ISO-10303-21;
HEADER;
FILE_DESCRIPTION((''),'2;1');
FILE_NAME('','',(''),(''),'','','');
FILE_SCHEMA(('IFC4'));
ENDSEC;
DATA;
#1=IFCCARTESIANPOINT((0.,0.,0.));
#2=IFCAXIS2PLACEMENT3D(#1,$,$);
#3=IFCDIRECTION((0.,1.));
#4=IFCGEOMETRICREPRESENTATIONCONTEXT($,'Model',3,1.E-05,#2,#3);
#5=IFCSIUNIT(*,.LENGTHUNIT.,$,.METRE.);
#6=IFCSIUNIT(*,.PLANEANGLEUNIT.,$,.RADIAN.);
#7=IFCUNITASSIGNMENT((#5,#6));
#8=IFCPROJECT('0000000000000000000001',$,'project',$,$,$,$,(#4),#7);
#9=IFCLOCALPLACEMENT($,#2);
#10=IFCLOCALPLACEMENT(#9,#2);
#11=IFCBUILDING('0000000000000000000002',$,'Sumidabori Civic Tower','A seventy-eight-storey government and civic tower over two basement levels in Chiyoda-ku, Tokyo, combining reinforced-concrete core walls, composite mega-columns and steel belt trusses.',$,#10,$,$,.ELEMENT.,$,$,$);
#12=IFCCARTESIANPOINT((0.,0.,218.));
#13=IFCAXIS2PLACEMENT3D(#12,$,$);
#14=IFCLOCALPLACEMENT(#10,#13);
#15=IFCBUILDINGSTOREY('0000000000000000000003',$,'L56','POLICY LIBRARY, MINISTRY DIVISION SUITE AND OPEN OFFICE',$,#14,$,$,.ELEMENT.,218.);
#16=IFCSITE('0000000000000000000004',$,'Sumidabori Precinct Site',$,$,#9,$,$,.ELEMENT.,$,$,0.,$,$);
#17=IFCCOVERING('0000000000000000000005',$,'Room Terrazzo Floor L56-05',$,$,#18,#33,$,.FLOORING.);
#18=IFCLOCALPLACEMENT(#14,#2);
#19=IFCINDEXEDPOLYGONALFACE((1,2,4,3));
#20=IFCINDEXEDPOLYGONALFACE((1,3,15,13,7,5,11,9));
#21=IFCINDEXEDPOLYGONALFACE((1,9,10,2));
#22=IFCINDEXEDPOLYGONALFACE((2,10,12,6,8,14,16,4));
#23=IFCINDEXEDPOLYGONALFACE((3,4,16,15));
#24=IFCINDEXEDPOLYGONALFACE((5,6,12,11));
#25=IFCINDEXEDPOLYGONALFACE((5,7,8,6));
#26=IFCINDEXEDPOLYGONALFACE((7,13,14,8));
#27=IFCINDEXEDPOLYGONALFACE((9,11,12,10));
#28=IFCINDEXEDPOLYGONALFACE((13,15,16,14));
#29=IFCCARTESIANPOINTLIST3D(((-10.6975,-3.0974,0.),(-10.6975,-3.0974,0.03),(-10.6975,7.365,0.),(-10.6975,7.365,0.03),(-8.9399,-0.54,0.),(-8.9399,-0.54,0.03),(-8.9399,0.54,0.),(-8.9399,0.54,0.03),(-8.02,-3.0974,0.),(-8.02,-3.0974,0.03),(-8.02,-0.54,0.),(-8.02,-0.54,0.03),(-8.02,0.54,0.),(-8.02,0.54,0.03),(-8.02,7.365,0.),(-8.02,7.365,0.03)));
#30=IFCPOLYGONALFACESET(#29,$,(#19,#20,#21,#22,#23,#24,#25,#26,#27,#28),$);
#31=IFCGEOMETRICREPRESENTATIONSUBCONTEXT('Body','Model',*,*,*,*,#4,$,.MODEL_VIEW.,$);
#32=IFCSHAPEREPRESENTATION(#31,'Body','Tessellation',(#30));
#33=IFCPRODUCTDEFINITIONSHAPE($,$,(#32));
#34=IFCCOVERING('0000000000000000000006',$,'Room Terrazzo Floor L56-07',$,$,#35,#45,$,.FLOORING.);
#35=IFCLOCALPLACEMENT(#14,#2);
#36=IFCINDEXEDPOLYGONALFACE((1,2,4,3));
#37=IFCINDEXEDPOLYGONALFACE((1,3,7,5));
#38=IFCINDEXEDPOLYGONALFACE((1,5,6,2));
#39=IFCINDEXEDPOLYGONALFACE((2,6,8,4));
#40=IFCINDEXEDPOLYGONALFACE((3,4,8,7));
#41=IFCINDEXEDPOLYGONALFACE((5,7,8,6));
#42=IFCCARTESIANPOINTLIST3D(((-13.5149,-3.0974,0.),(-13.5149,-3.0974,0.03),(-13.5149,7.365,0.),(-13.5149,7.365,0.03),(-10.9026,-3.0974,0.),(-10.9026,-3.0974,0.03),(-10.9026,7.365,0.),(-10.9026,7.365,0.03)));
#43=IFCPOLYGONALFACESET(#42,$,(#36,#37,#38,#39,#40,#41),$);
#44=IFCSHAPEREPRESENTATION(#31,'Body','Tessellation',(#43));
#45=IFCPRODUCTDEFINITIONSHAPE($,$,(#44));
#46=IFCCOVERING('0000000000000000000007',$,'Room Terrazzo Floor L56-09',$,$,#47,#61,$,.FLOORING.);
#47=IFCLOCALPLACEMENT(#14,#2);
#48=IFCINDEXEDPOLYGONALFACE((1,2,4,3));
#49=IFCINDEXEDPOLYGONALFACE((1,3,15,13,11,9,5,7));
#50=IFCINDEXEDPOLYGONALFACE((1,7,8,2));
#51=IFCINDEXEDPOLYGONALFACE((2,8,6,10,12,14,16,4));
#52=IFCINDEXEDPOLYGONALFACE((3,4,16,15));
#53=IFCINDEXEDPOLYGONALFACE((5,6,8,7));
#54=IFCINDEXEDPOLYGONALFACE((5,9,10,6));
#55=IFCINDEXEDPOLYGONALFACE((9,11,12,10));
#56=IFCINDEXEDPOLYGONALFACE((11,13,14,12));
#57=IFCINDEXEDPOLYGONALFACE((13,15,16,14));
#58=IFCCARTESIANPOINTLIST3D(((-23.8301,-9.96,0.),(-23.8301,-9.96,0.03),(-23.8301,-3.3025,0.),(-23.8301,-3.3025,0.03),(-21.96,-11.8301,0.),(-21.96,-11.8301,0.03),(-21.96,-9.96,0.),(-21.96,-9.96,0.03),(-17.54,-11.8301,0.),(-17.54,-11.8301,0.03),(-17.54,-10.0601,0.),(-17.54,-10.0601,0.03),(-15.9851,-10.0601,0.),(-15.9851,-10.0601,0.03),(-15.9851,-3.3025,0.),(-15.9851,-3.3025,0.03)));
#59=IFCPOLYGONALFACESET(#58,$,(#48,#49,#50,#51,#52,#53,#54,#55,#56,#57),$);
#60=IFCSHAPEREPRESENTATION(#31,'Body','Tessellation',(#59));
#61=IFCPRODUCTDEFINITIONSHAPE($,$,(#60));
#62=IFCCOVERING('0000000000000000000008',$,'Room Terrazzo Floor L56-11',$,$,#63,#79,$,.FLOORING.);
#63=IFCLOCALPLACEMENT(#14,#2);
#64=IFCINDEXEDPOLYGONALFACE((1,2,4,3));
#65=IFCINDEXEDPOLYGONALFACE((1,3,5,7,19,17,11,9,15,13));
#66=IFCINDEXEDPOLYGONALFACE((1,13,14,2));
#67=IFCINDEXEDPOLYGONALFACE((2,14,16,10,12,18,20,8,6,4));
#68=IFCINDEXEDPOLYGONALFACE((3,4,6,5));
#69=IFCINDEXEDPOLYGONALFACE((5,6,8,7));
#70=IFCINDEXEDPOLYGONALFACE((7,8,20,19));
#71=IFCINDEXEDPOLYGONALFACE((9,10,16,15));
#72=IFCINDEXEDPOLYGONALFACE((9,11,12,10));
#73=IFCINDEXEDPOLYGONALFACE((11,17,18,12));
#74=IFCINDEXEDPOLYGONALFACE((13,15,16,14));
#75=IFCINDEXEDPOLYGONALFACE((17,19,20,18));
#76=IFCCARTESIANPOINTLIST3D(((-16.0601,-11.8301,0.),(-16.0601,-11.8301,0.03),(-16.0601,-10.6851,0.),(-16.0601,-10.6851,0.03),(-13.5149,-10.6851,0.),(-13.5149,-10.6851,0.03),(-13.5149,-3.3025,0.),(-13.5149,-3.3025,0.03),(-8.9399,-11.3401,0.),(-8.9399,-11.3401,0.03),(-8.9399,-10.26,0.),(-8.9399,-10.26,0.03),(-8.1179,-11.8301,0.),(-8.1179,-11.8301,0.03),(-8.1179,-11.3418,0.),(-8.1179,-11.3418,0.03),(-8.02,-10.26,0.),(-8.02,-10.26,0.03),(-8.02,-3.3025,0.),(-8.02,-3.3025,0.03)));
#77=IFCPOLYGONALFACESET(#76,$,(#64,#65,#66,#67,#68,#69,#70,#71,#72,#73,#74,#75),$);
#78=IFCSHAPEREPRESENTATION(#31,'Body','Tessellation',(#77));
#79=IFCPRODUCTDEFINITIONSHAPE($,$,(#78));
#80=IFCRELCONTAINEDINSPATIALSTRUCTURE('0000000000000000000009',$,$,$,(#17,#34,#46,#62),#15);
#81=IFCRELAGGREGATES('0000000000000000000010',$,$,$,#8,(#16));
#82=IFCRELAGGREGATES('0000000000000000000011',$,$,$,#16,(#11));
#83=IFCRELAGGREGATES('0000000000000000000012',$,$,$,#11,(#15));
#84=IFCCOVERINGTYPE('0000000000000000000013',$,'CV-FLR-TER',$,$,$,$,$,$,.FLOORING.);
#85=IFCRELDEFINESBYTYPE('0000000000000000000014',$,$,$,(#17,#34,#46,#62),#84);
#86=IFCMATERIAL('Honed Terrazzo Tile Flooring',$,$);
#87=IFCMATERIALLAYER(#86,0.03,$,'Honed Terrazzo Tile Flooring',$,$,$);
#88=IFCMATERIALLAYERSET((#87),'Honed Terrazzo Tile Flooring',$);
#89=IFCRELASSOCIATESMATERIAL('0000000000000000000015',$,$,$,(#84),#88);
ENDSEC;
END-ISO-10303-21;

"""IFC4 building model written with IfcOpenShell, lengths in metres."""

from ifc_helpers import new_model, si_unit, direction, frame, origin, place, context, subcontext, project, spatial, polyline, outline, extrude, material, layer, layer_set, type_object, element, save


model = new_model("IFC4")

# Units and contexts
model_context = context("Model", 3, precision=1e-05, world=origin(), true_north=direction((0.0, 1.0)))
body_context = subcontext(model_context, "Body", "Model", "MODEL_VIEW")
ifc_project = project(units=[si_unit("LENGTHUNIT", "METRE"), si_unit("PLANEANGLEUNIT", "RADIAN")], contexts=[model_context])

# Site, building, storey
site_placement = place(None, origin())
site = spatial("IfcSite", under=ifc_project, at=site_placement, Name="Sumidabori Precinct Site", CompositionType="ELEMENT", RefElevation=0.0)
building_placement = place(site_placement, origin())
building = spatial("IfcBuilding", under=site, at=building_placement, Name="Sumidabori Civic Tower", Description="A seventy-eight-storey government and civic tower over two basement levels in Chiyoda-ku, Tokyo, combining reinforced-concrete core walls, composite mega-columns and steel belt trusses.", CompositionType="ELEMENT")
storey_placement = place(building_placement, frame((0.0, 0.0, 218.0)))
storey = spatial("IfcBuildingStorey", under=building, at=storey_placement, Name="L56", Description="POLICY LIBRARY, MINISTRY DIVISION SUITE AND OPEN OFFICE", CompositionType="ELEMENT", Elevation=218.0)

# Coverings
ifc_material_1 = material(Name="Honed Terrazzo Tile Flooring")
ifc_layer_1 = layer(ifc_material_1, 0.03, Name="Honed Terrazzo Tile Flooring")
ifc_layer_set_1 = layer_set([ifc_layer_1], Name="Honed Terrazzo Tile Flooring")
covering_type_1 = type_object("IfcCoveringType", Name="CV-FLR-TER", PredefinedType="FLOORING", material=ifc_layer_set_1)
covering_1_placement = place(storey_placement, origin())
element("IfcCovering", 1, at=covering_1_placement, inside=storey, type_object=covering_type_1, Name="Room Terrazzo Floor L56-05", PredefinedType="FLOORING", context=body_context, shape_type="SweptSolid", body=[
    extrude(outline(polyline([(-10.6975, 7.365), (-8.02, 7.365), (-8.02, 0.54), (-8.9399, 0.54), (-8.9399, -0.54), (-8.02, -0.54), (-8.02, -3.0974), (-10.6975, -3.0974), (-10.6975, 7.365)])), origin(), (0.0, 0.0, 1.0), 0.03),
])
covering_2_placement = place(storey_placement, origin())
element("IfcCovering", 2, at=covering_2_placement, inside=storey, type_object=covering_type_1, Name="Room Terrazzo Floor L56-07", PredefinedType="FLOORING", context=body_context, shape_type="SweptSolid", body=[
    extrude(outline(polyline([(-13.5149, 7.365), (-10.9026, 7.365), (-10.9026, -3.0974), (-13.5149, -3.0974), (-13.5149, 7.365)])), origin(), (0.0, 0.0, 1.0), 0.03),
])
covering_3_placement = place(storey_placement, origin())
element("IfcCovering", 3, at=covering_3_placement, inside=storey, type_object=covering_type_1, Name="Room Terrazzo Floor L56-09", PredefinedType="FLOORING", context=body_context, shape_type="SweptSolid", body=[
    extrude(outline(polyline([(-23.8301, -3.3025), (-15.9851, -3.3025), (-15.9851, -10.0601), (-17.54, -10.0601), (-17.54, -11.8301), (-21.96, -11.8301), (-21.96, -9.96), (-23.8301, -9.96), (-23.8301, -3.3025)])), origin(), (0.0, 0.0, 1.0), 0.03),
])
covering_4_placement = place(storey_placement, origin())
element("IfcCovering", 4, at=covering_4_placement, inside=storey, type_object=covering_type_1, Name="Room Terrazzo Floor L56-11", PredefinedType="FLOORING", context=body_context, shape_type="SweptSolid", body=[
    extrude(outline(polyline([(-16.0601, -10.6851), (-13.5149, -10.6851), (-13.5149, -3.3025), (-8.02, -3.3025), (-8.02, -10.26), (-8.9399, -10.26), (-8.9399, -11.3401), (-8.1179, -11.3418), (-8.1179, -11.8301), (-16.0601, -11.8301), (-16.0601, -10.6851)])), origin(), (0.0, 0.0, 1.0), 0.03),
])

save(model, "model.ifc")
